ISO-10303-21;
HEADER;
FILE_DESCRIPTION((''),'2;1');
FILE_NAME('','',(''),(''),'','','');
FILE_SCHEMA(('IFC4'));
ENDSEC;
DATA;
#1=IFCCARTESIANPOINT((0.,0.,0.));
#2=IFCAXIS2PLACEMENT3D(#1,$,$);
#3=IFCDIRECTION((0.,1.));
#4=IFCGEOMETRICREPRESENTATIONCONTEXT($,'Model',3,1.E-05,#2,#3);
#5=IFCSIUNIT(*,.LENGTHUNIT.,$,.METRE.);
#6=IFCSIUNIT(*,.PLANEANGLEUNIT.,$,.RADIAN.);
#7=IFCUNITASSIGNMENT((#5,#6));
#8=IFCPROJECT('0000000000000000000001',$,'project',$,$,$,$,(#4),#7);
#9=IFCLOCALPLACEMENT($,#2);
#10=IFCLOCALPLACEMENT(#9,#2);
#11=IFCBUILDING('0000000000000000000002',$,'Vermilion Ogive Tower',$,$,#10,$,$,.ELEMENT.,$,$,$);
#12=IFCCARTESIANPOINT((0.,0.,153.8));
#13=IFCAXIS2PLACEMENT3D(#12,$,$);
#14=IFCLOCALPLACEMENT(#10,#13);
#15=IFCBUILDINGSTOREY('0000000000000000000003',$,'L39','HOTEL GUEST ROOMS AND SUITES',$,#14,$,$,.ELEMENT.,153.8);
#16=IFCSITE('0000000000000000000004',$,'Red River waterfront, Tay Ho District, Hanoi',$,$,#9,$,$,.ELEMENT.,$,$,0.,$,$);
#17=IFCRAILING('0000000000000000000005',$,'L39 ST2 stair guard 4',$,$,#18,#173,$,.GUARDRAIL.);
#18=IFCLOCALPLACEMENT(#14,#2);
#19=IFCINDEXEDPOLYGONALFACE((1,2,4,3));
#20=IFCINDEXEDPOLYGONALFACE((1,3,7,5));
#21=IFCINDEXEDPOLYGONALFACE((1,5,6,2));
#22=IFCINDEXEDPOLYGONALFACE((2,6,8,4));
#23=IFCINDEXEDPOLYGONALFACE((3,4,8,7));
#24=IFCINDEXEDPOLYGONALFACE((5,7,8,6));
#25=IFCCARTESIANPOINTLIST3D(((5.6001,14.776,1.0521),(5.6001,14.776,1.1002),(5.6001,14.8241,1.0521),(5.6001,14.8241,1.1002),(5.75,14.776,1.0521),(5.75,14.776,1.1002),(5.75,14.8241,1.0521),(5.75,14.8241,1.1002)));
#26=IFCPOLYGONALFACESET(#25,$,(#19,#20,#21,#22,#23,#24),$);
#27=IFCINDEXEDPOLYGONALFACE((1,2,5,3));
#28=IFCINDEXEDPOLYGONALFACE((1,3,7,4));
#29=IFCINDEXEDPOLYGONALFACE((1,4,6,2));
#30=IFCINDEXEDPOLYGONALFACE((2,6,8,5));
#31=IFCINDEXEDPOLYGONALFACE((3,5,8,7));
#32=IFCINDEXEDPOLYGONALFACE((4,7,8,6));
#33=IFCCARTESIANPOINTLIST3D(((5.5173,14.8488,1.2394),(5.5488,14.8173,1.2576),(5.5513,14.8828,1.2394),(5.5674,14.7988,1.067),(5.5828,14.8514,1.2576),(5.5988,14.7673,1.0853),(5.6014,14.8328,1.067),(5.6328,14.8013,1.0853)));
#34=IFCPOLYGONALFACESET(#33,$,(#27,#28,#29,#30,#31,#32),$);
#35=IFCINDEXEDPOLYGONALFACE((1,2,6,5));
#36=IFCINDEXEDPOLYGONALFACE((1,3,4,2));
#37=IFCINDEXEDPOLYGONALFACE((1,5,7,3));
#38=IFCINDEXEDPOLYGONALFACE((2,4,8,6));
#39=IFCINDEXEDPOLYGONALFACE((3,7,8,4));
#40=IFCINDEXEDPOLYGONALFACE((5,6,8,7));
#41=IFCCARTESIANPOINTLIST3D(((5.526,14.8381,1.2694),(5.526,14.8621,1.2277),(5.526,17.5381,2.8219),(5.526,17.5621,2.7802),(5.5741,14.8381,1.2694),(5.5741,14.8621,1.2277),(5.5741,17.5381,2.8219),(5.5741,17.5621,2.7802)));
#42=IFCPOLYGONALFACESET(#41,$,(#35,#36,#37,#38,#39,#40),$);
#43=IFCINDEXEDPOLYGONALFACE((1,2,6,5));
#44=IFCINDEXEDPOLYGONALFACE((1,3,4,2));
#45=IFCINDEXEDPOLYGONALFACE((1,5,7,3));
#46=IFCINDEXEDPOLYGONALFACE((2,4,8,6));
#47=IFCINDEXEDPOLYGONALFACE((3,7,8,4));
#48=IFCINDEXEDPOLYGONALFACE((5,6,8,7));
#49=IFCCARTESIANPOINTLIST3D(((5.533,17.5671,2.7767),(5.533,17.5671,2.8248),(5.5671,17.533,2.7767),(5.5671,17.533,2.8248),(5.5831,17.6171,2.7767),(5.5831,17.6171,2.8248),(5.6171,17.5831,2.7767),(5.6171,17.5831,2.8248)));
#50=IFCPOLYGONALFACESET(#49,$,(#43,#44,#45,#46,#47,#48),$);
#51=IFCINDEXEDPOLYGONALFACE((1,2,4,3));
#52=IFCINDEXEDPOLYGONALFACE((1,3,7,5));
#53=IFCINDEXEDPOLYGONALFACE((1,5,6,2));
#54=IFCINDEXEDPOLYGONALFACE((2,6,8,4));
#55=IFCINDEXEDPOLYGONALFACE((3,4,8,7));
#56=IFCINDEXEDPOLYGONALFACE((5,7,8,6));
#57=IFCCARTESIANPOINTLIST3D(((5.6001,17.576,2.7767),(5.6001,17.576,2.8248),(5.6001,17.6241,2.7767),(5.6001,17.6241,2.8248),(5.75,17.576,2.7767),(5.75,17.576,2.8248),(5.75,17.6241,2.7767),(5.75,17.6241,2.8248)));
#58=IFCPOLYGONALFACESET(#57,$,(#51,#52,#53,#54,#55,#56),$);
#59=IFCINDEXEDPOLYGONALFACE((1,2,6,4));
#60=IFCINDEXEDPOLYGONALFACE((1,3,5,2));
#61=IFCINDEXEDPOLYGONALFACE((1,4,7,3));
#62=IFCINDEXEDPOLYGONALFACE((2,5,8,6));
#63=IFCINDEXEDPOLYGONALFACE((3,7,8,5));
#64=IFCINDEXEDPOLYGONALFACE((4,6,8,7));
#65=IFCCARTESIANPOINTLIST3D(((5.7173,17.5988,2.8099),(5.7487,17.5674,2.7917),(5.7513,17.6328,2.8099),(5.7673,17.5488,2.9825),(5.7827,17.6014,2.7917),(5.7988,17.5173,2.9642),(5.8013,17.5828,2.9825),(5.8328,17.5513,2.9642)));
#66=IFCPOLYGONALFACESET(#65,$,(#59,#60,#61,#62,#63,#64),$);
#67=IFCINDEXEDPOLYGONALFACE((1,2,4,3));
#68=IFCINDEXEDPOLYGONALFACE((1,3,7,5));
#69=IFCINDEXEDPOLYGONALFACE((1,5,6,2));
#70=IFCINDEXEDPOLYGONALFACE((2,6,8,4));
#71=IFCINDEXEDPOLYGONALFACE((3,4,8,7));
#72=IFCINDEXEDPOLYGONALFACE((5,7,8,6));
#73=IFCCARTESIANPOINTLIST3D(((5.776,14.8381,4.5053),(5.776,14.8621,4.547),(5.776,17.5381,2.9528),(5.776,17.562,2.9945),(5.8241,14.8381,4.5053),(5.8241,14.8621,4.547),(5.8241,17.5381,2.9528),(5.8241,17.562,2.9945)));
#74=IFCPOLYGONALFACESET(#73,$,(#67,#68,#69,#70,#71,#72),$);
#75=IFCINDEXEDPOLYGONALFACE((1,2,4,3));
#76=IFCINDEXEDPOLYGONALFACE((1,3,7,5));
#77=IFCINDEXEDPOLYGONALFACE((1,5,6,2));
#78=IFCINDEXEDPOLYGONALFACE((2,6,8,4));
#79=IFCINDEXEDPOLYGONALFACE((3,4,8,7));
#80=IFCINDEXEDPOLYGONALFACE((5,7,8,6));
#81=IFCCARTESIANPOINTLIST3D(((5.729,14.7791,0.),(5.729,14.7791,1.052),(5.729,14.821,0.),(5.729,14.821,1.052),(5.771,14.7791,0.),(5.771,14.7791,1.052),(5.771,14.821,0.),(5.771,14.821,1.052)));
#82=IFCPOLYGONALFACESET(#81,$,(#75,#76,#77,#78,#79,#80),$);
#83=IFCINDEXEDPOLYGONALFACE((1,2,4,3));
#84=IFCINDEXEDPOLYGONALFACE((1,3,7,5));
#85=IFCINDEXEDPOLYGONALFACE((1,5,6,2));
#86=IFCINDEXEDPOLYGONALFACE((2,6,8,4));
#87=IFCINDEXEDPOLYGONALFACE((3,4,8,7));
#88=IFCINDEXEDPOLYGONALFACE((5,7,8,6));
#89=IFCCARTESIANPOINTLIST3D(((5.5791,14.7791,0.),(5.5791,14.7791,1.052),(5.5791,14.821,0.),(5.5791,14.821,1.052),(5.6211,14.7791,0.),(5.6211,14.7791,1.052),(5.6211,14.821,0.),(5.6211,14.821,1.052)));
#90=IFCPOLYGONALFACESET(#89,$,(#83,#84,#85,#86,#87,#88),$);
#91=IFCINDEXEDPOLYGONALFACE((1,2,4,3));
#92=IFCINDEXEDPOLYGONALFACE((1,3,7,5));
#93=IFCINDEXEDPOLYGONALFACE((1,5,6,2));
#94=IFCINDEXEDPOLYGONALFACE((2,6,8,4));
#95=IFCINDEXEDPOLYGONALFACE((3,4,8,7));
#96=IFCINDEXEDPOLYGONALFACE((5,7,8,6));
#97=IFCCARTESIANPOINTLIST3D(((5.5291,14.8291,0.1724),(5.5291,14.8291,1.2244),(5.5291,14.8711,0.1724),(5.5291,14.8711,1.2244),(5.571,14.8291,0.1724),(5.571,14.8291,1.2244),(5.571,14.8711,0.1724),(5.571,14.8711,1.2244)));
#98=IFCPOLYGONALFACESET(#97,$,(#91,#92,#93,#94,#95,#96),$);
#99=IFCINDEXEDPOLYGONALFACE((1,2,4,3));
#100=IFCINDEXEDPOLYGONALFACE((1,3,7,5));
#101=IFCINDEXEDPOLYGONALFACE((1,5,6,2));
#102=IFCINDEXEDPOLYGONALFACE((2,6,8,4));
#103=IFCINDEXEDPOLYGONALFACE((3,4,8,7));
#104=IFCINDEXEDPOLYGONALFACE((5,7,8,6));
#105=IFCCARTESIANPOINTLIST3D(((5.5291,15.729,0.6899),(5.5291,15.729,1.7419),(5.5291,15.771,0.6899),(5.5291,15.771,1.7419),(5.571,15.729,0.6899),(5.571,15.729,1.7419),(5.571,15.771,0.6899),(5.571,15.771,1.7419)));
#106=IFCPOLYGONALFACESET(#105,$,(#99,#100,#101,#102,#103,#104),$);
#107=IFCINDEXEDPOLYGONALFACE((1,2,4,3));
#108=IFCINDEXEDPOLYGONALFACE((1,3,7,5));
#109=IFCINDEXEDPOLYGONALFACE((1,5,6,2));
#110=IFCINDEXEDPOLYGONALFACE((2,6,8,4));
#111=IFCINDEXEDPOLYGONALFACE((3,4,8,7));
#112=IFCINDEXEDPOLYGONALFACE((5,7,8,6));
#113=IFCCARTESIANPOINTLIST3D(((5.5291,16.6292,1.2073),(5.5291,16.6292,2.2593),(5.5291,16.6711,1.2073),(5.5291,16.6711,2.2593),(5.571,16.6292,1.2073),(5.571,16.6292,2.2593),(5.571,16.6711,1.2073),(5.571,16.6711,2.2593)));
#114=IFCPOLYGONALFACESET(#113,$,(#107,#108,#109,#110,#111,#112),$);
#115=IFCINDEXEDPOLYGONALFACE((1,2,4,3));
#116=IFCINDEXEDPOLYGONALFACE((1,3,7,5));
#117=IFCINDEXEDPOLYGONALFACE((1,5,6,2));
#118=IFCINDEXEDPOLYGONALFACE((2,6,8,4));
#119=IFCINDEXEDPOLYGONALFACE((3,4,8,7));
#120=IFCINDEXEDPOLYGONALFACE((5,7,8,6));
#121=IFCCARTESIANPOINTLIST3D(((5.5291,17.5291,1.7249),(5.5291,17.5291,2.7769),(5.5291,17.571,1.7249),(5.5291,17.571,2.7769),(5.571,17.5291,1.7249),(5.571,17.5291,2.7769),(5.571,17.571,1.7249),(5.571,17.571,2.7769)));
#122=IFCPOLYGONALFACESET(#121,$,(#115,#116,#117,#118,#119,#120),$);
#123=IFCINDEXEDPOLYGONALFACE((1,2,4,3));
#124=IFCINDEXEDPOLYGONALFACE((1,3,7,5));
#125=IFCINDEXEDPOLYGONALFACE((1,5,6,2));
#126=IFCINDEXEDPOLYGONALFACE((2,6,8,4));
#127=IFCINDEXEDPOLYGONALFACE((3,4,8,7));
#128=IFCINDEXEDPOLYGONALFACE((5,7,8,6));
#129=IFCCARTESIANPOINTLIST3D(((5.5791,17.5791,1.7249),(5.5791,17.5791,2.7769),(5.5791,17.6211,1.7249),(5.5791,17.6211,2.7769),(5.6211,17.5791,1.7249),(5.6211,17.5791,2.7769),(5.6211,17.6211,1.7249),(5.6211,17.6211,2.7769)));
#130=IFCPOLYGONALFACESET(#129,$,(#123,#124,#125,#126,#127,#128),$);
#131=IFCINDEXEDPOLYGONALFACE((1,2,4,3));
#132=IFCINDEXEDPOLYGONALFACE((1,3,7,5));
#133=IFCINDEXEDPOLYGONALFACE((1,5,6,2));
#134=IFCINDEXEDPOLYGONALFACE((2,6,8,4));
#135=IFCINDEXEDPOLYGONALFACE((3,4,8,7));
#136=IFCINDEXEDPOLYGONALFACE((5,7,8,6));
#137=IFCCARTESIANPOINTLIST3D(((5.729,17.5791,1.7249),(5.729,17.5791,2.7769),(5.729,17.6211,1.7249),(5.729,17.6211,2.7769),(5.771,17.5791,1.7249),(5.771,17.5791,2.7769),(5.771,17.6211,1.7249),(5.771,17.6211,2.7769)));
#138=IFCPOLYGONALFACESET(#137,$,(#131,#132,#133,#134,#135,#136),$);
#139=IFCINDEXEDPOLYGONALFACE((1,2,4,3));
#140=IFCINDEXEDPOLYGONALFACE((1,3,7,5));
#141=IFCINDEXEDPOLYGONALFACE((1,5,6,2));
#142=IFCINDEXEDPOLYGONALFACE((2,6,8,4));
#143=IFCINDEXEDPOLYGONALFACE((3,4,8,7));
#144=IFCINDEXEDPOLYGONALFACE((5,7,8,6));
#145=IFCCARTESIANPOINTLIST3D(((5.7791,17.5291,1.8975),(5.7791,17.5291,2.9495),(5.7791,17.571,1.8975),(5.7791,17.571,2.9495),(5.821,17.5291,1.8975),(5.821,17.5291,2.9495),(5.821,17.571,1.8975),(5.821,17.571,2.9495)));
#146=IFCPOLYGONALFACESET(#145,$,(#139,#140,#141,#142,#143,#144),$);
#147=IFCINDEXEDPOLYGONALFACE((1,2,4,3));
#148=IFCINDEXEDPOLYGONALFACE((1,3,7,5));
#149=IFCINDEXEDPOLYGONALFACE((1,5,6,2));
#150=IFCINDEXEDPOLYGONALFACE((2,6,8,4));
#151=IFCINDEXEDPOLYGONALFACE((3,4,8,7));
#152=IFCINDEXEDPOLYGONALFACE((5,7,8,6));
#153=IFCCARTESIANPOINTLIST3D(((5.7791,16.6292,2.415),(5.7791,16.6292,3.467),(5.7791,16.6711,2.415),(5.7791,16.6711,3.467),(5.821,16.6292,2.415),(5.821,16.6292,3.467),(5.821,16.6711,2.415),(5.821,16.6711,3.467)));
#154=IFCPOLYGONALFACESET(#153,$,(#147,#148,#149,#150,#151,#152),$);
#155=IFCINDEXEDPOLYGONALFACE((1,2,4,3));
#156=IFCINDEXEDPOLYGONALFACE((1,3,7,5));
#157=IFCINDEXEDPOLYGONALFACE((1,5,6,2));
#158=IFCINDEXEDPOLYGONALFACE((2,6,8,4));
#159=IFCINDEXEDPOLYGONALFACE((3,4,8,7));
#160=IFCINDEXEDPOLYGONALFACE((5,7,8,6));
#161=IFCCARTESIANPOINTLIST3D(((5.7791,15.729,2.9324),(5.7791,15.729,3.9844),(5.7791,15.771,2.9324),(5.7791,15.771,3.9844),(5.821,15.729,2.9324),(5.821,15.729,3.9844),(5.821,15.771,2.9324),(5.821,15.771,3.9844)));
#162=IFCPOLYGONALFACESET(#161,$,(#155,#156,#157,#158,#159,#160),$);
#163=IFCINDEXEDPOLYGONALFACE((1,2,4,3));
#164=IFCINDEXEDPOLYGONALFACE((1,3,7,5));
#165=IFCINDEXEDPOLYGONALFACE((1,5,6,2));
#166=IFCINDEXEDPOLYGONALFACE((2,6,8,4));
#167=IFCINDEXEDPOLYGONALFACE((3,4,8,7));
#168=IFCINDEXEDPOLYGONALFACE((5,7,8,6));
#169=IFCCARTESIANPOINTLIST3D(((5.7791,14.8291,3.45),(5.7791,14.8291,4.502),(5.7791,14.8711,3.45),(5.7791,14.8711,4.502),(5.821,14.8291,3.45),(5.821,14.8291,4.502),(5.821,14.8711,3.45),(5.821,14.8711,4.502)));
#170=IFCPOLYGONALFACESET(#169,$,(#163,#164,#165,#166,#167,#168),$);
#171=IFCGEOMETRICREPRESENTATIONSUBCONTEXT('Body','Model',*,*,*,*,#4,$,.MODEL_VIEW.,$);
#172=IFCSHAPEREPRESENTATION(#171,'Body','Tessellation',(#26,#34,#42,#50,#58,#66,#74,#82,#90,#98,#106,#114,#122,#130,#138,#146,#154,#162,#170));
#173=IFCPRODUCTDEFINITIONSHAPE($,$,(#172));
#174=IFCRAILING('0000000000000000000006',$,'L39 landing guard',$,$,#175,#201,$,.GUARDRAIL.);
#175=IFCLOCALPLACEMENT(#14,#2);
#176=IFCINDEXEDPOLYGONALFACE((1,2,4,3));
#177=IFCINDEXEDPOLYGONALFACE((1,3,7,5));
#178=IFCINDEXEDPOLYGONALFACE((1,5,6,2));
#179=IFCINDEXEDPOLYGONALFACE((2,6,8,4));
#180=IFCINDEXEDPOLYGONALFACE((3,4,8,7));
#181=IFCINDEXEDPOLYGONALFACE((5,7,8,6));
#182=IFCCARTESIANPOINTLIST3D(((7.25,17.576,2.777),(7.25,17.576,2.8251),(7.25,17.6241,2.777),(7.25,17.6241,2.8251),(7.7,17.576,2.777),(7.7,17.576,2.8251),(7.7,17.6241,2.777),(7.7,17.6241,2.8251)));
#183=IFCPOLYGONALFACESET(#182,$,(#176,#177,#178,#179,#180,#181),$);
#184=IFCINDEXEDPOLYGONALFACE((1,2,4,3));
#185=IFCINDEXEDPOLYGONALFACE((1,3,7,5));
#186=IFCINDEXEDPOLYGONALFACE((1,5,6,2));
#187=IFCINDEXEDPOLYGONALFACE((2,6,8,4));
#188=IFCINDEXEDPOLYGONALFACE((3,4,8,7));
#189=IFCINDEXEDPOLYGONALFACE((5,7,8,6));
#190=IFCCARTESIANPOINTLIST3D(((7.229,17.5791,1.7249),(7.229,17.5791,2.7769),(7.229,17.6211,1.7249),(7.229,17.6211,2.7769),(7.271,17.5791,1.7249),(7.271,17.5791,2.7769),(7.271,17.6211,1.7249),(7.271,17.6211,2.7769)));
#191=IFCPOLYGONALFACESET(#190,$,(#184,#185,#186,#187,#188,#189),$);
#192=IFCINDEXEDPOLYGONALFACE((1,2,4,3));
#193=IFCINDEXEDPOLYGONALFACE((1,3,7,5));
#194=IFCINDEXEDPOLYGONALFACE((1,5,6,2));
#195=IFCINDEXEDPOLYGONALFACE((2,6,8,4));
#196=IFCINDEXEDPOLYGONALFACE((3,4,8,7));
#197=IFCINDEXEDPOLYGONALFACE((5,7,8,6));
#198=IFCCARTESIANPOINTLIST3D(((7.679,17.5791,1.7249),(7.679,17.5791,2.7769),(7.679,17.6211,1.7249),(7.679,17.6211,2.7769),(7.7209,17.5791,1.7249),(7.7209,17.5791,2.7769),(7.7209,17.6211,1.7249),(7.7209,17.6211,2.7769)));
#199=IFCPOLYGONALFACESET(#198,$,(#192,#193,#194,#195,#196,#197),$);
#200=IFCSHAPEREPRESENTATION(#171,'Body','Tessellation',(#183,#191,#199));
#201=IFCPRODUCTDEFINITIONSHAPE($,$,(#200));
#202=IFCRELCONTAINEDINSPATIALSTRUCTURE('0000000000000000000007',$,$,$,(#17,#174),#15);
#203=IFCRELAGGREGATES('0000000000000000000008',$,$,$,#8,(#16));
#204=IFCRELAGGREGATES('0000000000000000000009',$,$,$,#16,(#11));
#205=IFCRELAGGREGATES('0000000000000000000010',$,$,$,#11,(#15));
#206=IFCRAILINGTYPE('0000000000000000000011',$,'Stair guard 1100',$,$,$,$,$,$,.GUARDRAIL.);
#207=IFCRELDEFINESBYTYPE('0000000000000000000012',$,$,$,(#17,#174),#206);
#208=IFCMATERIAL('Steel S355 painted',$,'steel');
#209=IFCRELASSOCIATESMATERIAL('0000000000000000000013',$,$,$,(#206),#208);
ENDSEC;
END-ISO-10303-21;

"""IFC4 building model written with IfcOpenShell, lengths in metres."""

from ifc_helpers import new_model, si_unit, direction, frame, origin, origin_2d, place, context, subcontext, project, spatial, rectangle, extrude, material, type_object, element, save


model = new_model("IFC4")

# Units and contexts
model_context = context("Model", 3, precision=1e-05, world=origin(), true_north=direction((0.0, 1.0)))
body_context = subcontext(model_context, "Body", "Model", "MODEL_VIEW")
ifc_project = project(units=[si_unit("LENGTHUNIT", "METRE"), si_unit("PLANEANGLEUNIT", "RADIAN")], contexts=[model_context])

# Site, building, storey
site_placement = place(None, origin())
site = spatial("IfcSite", under=ifc_project, at=site_placement, Name="Red River waterfront, Tay Ho District, Hanoi", CompositionType="ELEMENT", RefElevation=0.0)
building_placement = place(site_placement, origin())
building = spatial("IfcBuilding", under=site, at=building_placement, Name="Vermilion Ogive Tower", CompositionType="ELEMENT")
storey_placement = place(building_placement, frame((0.0, 0.0, 153.8)))
storey = spatial("IfcBuildingStorey", under=building, at=storey_placement, Name="L39", Description="HOTEL GUEST ROOMS AND SUITES", CompositionType="ELEMENT", Elevation=153.8)

# Railings
ifc_material_1 = material(Name="Steel S355 painted", Category="steel")
railing_type_1 = type_object("IfcRailingType", Name="Stair guard 1100", PredefinedType="GUARDRAIL", material=ifc_material_1)
railing_1_placement = place(storey_placement, frame((5.75, 14.8, 0.0)))
element("IfcRailing", 1, at=railing_1_placement, inside=storey, type_object=railing_type_1, Name="L39 ST2 stair guard 4", PredefinedType="GUARDRAIL", context=body_context, shape_type="SweptSolid", body=[
    extrude(rectangle(XDim=0.0481, YDim=0.0481, at=origin_2d()), frame((0.0, 0.0, 1.0762), z_axis=(-1.0, 0.0, 0.0), x_axis=(0.0, -1.0, 0.0)), (0.0, 0.0, 1.0), 0.1499),
    extrude(rectangle(XDim=0.0481, YDim=0.0481, at=origin_2d()), frame((-0.1499, 0.0, 1.0762), z_axis=(-0.268603, 0.268603, 0.925043), x_axis=(-0.707107, -0.707107, 0.0)), (0.0, 0.0, 1.0), 0.1863),
    extrude(rectangle(XDim=0.0481, YDim=0.0481, at=origin_2d()), frame((-0.2, 0.05, 1.2485), z_axis=(0.0, 0.866904, 0.498476), x_axis=(-1.0, 0.0, 0.0)), (0.0, 0.0, 1.0), 3.1145),
    extrude(rectangle(XDim=0.0481, YDim=0.0481, at=origin_2d()), frame((-0.2, 2.75, 2.8008), z_axis=(0.707107, 0.707107, 0.0), x_axis=(-0.707107, 0.707107, 0.0)), (0.0, 0.0, 1.0), 0.0708),
    extrude(rectangle(XDim=0.0481, YDim=0.0481, at=origin_2d()), frame((-0.1499, 2.8, 2.8008), z_axis=(1.0, 0.0, 0.0), x_axis=(0.0, 1.0, 0.0)), (0.0, 0.0, 1.0), 0.1499),
    extrude(rectangle(XDim=0.0481, YDim=0.0481, at=origin_2d()), frame((0.0, 2.8, 2.8008), z_axis=(0.268278, -0.268278, 0.925232), x_axis=(0.707107, 0.707107, 0.0)), (0.0, 0.0, 1.0), 0.1865),
    extrude(rectangle(XDim=0.0481, YDim=0.0481, at=origin_2d()), frame((0.05, 2.75, 2.9736), z_axis=(0.0, -0.866904, 0.498476), x_axis=(1.0, 0.0, 0.0)), (0.0, 0.0, 1.0), 3.1145),
    extrude(rectangle(XDim=0.042, YDim=0.042, at=origin_2d()), origin(), (0.0, 0.0, 1.0), 1.052),
    extrude(rectangle(XDim=0.042, YDim=0.042, at=origin_2d()), frame((-0.1499, 0.0, 0.0)), (0.0, 0.0, 1.0), 1.052),
    extrude(rectangle(XDim=0.042, YDim=0.042, at=origin_2d()), frame((-0.2, 0.05, 0.1724)), (0.0, 0.0, 1.0), 1.052),
    extrude(rectangle(XDim=0.042, YDim=0.042, at=origin_2d()), frame((-0.2, 0.95, 0.6899)), (0.0, 0.0, 1.0), 1.052),
    extrude(rectangle(XDim=0.042, YDim=0.042, at=origin_2d()), frame((-0.2, 1.8501, 1.2073)), (0.0, 0.0, 1.0), 1.052),
    extrude(rectangle(XDim=0.042, YDim=0.042, at=origin_2d()), frame((-0.2, 2.75, 1.7249)), (0.0, 0.0, 1.0), 1.052),
    extrude(rectangle(XDim=0.042, YDim=0.042, at=origin_2d()), frame((-0.1499, 2.8, 1.7249)), (0.0, 0.0, 1.0), 1.052),
    extrude(rectangle(XDim=0.042, YDim=0.042, at=origin_2d()), frame((0.0, 2.8, 1.7249)), (0.0, 0.0, 1.0), 1.052),
    extrude(rectangle(XDim=0.042, YDim=0.042, at=origin_2d()), frame((0.05, 2.75, 1.8975)), (0.0, 0.0, 1.0), 1.052),
    extrude(rectangle(XDim=0.042, YDim=0.042, at=origin_2d()), frame((0.05, 1.8501, 2.415)), (0.0, 0.0, 1.0), 1.052),
    extrude(rectangle(XDim=0.042, YDim=0.042, at=origin_2d()), frame((0.05, 0.95, 2.9324)), (0.0, 0.0, 1.0), 1.052),
    extrude(rectangle(XDim=0.042, YDim=0.042, at=origin_2d()), frame((0.05, 0.05, 3.45)), (0.0, 0.0, 1.0), 1.052),
])
railing_2_placement = place(storey_placement, frame((7.25, 17.6001, 1.7249)))
element("IfcRailing", 2, at=railing_2_placement, inside=storey, type_object=railing_type_1, Name="L39 landing guard", PredefinedType="GUARDRAIL", context=body_context, shape_type="SweptSolid", body=[
    extrude(rectangle(XDim=0.0481, YDim=0.0481, at=origin_2d()), frame((0.0, 0.0, 1.0762), z_axis=(1.0, 0.0, 0.0), x_axis=(0.0, 1.0, 0.0)), (0.0, 0.0, 1.0), 0.45),
    extrude(rectangle(XDim=0.042, YDim=0.042, at=origin_2d()), origin(), (0.0, 0.0, 1.0), 1.052),
    extrude(rectangle(XDim=0.042, YDim=0.042, at=origin_2d()), frame((0.45, 0.0, 0.0)), (0.0, 0.0, 1.0), 1.052),
])

save(model, "model.ifc")
